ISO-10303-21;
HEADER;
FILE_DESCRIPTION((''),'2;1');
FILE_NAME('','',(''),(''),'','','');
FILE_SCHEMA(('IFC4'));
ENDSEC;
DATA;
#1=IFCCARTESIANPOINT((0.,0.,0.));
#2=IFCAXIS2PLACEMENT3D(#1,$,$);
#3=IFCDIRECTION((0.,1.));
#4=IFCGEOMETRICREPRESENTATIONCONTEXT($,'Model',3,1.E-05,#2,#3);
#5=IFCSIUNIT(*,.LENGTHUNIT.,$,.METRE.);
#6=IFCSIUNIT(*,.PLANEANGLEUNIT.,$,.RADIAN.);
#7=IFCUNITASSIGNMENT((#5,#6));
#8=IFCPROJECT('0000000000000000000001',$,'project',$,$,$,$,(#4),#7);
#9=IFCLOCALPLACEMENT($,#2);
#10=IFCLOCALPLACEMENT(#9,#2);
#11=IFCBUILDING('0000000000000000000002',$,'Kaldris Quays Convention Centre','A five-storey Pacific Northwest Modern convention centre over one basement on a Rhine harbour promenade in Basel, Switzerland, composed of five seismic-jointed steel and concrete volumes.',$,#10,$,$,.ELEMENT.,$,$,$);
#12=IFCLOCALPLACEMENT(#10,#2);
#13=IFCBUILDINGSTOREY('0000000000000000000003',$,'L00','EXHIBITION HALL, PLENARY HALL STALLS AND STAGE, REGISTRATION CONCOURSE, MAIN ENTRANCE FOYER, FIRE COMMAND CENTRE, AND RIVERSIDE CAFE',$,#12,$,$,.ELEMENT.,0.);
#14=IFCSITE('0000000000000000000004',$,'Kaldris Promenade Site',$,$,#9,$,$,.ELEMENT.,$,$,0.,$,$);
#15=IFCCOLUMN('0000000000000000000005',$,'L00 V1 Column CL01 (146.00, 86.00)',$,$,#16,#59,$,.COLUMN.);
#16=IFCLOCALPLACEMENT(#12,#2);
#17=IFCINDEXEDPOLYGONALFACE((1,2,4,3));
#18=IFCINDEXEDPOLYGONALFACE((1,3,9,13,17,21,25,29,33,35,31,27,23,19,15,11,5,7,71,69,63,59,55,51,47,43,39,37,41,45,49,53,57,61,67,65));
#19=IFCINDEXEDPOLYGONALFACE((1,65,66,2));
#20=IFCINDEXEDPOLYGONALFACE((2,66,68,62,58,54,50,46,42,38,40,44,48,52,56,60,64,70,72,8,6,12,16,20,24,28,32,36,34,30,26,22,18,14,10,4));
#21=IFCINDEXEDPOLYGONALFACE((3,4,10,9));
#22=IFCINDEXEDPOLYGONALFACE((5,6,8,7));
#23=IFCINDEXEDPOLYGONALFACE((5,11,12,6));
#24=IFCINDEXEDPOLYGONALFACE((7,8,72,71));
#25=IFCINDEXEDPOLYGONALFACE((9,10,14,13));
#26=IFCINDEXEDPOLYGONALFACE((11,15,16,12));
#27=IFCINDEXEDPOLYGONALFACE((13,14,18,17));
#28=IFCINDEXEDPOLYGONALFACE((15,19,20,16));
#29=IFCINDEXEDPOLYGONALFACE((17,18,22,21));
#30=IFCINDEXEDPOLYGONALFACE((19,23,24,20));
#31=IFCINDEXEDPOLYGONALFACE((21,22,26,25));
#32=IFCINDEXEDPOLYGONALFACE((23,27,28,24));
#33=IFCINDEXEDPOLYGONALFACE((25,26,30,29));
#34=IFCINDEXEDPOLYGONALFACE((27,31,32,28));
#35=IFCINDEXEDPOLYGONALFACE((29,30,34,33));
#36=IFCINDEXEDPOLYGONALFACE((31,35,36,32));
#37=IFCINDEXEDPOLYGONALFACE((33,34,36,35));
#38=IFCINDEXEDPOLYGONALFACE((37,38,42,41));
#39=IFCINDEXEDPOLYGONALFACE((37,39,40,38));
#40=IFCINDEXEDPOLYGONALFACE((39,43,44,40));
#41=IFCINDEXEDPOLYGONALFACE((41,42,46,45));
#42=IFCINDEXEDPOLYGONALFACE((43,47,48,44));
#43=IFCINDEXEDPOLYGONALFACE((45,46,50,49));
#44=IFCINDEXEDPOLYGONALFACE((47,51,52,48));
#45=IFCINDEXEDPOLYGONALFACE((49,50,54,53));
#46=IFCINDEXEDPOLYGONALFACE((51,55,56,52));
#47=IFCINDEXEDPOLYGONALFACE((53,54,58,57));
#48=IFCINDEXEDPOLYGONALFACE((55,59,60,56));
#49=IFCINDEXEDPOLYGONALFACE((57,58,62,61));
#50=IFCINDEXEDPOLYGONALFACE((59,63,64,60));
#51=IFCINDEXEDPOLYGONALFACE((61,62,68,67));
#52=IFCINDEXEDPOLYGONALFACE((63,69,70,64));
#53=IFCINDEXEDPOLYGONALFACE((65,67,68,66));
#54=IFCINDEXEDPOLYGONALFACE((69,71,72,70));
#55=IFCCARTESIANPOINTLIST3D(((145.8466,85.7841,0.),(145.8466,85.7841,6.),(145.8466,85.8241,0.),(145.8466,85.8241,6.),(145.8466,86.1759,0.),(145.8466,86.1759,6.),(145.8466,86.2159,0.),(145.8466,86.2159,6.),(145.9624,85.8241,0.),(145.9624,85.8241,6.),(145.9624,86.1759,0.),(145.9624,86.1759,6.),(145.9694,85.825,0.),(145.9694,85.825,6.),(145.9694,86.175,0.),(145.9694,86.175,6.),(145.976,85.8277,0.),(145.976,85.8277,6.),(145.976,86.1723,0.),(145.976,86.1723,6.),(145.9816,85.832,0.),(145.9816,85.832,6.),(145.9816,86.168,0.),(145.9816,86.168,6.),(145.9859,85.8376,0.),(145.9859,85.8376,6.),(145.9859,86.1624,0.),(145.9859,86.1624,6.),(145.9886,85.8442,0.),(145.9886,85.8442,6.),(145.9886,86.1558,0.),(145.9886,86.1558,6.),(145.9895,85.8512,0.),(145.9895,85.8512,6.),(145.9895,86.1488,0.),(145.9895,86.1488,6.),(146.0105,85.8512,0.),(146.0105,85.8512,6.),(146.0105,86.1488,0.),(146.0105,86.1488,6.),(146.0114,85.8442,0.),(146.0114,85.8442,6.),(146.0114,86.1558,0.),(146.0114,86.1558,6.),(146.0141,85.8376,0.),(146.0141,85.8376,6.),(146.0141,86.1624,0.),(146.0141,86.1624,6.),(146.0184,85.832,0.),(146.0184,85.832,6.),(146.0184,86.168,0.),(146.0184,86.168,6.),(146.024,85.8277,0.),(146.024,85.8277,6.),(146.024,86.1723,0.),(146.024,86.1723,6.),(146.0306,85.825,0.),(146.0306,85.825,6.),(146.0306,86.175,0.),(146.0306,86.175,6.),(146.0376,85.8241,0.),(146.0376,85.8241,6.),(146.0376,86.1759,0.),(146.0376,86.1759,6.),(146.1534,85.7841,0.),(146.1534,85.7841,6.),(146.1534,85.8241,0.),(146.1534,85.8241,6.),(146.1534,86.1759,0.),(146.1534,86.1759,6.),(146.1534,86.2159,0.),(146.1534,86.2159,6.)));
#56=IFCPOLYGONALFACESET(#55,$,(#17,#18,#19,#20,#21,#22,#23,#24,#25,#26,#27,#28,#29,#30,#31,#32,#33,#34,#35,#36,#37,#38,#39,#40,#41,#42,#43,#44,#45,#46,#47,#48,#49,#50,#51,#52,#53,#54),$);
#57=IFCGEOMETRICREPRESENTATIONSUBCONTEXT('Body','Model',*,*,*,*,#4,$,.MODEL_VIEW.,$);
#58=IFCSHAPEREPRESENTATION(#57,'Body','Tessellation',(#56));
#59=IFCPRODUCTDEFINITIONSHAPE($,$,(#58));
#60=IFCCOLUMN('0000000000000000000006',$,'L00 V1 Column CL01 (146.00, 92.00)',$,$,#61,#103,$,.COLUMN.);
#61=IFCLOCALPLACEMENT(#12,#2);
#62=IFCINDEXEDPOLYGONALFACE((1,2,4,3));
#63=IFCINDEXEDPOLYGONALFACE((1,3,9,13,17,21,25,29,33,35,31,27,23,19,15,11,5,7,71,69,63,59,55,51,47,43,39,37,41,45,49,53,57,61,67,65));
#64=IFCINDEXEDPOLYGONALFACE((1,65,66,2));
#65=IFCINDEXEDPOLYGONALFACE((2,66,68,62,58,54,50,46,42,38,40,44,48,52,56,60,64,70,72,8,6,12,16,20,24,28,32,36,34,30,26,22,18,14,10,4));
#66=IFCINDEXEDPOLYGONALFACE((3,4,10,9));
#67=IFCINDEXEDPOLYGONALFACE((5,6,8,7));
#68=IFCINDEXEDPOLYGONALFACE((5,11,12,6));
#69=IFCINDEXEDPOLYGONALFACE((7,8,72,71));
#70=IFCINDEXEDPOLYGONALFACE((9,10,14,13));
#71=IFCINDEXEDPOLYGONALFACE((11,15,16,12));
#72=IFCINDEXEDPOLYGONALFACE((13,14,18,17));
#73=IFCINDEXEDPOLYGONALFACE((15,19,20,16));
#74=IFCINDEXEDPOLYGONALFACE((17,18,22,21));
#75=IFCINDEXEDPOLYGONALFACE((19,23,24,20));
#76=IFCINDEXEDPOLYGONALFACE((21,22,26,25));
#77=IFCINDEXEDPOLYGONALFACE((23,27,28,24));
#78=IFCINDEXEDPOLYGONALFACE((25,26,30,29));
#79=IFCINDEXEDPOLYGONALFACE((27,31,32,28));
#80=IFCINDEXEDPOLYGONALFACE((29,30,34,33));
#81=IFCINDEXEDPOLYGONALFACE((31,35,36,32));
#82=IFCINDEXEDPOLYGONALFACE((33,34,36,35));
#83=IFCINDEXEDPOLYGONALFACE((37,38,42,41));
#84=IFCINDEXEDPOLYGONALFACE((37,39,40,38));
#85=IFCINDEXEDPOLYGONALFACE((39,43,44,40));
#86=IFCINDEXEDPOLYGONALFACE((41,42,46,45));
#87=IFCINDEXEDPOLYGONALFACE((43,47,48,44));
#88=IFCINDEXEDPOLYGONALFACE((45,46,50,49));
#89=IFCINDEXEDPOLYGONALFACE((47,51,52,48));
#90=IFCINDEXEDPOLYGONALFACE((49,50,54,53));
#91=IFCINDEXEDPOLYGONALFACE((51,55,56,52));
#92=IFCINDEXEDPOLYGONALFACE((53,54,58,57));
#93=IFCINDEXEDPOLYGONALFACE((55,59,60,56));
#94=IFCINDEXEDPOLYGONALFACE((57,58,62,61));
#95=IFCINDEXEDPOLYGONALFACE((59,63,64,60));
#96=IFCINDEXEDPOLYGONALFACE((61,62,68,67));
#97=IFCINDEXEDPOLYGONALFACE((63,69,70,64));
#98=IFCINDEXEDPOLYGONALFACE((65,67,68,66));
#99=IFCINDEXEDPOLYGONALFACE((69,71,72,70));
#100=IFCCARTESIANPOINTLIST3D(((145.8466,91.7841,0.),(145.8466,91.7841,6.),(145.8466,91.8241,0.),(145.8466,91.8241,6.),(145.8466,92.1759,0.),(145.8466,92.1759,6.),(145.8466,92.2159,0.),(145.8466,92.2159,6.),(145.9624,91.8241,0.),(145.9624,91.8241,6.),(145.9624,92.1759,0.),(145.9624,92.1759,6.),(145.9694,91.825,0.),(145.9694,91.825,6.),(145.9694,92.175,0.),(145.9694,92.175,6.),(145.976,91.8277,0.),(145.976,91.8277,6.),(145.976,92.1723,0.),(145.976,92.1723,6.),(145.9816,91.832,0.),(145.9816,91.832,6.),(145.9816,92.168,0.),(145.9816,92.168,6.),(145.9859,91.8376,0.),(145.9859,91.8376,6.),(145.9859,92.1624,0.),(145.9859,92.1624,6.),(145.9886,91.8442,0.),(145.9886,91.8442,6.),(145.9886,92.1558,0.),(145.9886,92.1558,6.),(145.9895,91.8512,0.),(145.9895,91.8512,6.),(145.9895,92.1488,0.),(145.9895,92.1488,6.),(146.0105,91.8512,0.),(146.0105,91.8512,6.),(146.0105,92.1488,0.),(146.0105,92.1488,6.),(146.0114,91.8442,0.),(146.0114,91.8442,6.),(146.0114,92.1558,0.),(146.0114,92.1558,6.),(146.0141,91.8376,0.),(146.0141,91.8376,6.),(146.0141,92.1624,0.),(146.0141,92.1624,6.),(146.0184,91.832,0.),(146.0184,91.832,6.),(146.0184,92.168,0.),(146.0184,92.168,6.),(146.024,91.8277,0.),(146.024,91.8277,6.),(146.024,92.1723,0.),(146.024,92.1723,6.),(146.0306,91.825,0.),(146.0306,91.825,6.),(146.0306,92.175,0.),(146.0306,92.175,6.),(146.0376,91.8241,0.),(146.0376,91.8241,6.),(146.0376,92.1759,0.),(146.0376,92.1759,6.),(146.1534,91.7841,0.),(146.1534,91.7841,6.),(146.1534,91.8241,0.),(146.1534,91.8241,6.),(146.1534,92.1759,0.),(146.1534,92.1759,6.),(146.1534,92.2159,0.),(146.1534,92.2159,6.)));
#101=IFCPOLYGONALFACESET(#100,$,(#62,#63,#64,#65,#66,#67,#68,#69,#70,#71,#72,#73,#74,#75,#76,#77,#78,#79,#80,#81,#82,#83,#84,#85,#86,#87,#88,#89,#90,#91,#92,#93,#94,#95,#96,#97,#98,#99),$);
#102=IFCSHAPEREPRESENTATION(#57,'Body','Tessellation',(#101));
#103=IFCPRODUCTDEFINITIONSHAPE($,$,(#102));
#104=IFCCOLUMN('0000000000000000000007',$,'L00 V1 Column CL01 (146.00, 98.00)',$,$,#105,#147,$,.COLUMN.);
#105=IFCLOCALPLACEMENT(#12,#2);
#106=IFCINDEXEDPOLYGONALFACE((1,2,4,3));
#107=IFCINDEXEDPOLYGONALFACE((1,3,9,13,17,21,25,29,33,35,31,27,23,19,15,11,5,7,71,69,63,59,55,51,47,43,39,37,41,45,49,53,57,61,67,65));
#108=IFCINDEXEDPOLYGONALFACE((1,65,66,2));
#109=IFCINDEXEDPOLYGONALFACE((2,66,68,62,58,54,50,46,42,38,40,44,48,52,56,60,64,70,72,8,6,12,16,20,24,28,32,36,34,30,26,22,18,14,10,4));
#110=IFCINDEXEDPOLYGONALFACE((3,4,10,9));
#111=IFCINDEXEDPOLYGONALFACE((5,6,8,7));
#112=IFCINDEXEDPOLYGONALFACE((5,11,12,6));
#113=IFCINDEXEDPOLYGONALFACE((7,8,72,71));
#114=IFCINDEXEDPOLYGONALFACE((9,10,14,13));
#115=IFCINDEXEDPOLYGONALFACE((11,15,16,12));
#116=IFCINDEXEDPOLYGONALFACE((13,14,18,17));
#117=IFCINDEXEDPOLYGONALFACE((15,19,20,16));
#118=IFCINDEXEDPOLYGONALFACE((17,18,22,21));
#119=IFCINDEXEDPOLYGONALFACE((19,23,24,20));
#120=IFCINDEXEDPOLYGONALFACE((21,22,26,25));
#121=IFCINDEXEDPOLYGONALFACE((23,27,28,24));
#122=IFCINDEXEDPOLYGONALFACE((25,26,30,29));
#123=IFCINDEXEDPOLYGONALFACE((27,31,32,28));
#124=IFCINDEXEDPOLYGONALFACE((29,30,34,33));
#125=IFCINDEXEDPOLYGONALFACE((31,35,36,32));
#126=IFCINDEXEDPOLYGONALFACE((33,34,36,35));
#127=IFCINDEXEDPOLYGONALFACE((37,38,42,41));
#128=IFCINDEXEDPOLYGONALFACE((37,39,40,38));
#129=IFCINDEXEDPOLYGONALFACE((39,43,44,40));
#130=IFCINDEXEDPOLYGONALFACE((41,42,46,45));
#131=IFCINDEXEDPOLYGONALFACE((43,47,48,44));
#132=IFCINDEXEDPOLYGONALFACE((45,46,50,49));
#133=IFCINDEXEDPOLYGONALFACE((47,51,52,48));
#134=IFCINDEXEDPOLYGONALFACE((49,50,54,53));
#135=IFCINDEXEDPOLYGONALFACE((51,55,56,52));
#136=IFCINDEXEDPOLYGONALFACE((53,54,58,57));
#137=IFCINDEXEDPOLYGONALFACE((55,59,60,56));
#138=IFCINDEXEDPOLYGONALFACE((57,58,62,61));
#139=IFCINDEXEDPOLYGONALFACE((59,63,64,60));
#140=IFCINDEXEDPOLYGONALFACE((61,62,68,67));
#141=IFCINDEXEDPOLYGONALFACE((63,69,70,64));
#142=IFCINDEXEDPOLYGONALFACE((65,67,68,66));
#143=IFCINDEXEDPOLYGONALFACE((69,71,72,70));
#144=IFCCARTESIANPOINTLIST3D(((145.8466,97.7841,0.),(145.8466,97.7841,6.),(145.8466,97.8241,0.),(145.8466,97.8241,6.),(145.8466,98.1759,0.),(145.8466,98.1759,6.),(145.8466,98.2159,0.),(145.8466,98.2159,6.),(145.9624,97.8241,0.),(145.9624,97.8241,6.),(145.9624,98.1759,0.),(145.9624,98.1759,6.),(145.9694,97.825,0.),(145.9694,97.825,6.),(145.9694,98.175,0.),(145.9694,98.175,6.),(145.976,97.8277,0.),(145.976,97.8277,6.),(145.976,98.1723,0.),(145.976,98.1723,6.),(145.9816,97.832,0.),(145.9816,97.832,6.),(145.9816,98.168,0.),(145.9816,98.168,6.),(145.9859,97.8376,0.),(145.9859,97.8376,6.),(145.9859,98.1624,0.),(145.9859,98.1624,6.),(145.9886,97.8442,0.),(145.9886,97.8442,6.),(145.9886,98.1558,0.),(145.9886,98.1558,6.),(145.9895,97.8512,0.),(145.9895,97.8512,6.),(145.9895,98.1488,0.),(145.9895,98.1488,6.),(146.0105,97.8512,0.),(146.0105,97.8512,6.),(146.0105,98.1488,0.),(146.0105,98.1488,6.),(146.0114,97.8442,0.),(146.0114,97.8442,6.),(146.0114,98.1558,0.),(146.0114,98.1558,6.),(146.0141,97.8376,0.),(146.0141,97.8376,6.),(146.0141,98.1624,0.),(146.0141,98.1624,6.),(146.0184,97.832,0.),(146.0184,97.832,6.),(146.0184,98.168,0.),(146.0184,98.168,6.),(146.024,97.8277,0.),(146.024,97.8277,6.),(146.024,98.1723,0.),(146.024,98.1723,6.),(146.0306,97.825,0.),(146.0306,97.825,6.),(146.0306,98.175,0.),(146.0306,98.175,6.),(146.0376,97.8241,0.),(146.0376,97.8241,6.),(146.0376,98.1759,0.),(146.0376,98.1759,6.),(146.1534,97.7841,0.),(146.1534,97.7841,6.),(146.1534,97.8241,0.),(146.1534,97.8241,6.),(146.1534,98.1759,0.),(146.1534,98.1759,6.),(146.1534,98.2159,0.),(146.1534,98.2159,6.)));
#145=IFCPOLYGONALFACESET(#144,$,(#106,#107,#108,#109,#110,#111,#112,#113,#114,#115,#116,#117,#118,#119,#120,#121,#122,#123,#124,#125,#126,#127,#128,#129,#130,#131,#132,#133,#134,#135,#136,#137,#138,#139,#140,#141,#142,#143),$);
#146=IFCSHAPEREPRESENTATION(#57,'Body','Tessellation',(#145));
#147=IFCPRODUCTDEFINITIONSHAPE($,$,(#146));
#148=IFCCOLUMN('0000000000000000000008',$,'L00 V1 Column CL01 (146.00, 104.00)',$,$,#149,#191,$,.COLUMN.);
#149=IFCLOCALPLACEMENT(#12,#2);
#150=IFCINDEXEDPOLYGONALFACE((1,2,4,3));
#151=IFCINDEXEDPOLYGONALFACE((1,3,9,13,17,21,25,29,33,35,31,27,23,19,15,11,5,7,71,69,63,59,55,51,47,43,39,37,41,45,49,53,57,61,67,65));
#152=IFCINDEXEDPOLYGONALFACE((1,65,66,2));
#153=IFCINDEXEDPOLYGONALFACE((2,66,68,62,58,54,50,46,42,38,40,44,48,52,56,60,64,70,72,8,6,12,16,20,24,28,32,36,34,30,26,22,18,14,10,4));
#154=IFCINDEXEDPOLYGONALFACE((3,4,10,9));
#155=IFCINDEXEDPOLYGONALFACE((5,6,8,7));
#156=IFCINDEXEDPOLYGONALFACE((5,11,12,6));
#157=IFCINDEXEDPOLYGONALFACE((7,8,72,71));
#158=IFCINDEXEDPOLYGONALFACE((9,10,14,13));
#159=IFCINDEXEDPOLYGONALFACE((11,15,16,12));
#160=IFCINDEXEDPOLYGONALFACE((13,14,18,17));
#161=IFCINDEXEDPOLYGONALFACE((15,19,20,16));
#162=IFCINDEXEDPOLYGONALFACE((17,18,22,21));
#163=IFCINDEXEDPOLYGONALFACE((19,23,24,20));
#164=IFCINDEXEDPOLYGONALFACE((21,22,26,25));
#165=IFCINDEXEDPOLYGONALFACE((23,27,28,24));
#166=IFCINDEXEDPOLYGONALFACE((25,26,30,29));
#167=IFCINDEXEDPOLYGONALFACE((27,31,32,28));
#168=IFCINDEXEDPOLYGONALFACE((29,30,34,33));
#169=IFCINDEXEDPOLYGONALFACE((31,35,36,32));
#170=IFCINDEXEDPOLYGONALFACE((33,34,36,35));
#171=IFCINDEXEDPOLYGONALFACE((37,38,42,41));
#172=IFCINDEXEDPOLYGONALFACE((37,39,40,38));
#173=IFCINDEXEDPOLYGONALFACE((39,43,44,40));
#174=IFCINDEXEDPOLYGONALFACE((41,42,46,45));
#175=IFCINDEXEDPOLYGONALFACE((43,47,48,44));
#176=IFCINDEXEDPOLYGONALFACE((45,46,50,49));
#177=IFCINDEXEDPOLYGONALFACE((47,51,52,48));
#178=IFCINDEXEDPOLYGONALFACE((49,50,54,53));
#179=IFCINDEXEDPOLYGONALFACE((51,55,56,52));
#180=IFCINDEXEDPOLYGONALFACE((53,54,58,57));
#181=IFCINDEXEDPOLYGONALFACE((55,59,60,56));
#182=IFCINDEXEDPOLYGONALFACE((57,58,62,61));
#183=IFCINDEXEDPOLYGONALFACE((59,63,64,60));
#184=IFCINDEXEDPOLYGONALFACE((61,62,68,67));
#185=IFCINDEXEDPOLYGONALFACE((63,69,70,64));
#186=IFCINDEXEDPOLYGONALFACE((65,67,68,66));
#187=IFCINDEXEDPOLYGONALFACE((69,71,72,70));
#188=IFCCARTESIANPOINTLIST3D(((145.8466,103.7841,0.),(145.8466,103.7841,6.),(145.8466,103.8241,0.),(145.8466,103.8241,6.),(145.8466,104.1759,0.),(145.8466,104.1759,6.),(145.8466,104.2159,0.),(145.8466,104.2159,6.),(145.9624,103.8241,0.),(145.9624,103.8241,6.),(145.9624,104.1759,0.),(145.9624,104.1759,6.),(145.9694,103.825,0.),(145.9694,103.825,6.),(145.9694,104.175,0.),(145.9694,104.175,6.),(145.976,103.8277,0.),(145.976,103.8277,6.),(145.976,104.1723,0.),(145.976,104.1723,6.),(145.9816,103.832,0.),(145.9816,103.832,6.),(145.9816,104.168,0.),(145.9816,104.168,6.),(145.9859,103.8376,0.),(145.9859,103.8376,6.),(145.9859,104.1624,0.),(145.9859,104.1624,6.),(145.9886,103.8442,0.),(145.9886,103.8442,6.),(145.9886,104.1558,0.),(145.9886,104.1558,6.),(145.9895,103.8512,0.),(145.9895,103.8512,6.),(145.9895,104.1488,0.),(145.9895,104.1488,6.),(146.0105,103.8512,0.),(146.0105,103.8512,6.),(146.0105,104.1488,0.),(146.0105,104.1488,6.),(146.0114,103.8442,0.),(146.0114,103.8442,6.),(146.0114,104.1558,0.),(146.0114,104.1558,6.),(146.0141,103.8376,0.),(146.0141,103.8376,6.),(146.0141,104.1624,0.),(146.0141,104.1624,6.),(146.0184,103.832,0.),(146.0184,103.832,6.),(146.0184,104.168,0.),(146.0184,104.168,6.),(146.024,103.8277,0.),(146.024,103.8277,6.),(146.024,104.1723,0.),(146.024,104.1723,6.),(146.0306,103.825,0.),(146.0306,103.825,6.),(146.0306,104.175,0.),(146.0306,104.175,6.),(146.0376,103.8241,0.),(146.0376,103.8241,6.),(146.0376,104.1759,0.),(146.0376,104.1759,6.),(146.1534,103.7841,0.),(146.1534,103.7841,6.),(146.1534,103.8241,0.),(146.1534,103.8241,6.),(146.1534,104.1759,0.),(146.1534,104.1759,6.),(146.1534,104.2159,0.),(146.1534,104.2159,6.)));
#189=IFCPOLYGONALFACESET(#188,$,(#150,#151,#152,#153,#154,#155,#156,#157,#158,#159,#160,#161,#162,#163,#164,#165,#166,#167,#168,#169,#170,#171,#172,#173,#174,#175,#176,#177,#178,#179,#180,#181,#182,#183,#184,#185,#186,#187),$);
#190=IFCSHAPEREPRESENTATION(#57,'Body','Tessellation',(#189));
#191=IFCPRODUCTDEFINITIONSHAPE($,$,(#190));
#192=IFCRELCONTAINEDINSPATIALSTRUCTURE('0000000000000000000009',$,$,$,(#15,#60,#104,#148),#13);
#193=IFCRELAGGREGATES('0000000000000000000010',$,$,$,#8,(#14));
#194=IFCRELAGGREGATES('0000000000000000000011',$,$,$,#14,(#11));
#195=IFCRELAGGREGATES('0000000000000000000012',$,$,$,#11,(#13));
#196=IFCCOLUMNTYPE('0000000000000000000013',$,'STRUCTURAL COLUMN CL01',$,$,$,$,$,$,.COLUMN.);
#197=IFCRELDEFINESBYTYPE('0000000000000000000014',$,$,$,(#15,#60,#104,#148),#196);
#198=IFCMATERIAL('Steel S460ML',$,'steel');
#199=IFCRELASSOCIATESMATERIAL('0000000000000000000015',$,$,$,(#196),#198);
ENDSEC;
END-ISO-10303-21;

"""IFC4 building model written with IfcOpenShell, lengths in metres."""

from ifc_helpers import new_model, si_unit, direction, frame, origin, origin_2d, place, context, subcontext, project, spatial, i_section, extrude, material, material_profile, profile_set, type_object, element, save


model = new_model("IFC4")

# Units and contexts
model_context = context("Model", 3, precision=1e-05, world=origin(), true_north=direction((0.0, 1.0)))
body_context = subcontext(model_context, "Body", "Model", "MODEL_VIEW")
ifc_project = project(units=[si_unit("LENGTHUNIT", "METRE"), si_unit("PLANEANGLEUNIT", "RADIAN")], contexts=[model_context])

# Site, building, storey
site_placement = place(None, origin())
site = spatial("IfcSite", under=ifc_project, at=site_placement, Name="Kaldris Promenade Site", CompositionType="ELEMENT", RefElevation=0.0)
building_placement = place(site_placement, origin())
building = spatial("IfcBuilding", under=site, at=building_placement, Name="Kaldris Quays Convention Centre", Description="A five-storey Pacific Northwest Modern convention centre over one basement on a Rhine harbour promenade in Basel, Switzerland, composed of five seismic-jointed steel and concrete volumes.", CompositionType="ELEMENT")
storey_placement = place(building_placement, origin())
storey = spatial("IfcBuildingStorey", under=building, at=storey_placement, Name="L00", Description="EXHIBITION HALL, PLENARY HALL STALLS AND STAGE, REGISTRATION CONCOURSE, MAIN ENTRANCE FOYER, FIRE COMMAND CENTRE, AND RIVERSIDE CAFE", CompositionType="ELEMENT", Elevation=0.0)

# Columns
ifc_material_1 = material(Name="Steel S460ML", Category="steel")
ifc_material_profile_1 = material_profile(ifc_material_1, i_section(OverallWidth=0.3069, OverallDepth=0.4319, WebThickness=0.021, FlangeThickness=0.04, FilletRadius=0.0271, at=origin_2d()), Name="HEM 400")
ifc_profile_set_1 = profile_set([ifc_material_profile_1], Name="Steel S460ML")
column_type_1 = type_object("IfcColumnType", Name="STRUCTURAL COLUMN CL01", PredefinedType="COLUMN", material=ifc_profile_set_1)
for number, where, z_axis, x_axis, name in (
    (1, (146.0, 86.0, 0.0), (0.0, 0.0, 1.0), (1.0, 0.0, 0.0), "L00 V1 Column CL01 (146.00, 86.00)"),
    (2, (146.0, 92.0, 0.0), (0.0, 0.0, 1.0), (1.0, 0.0, 0.0), "L00 V1 Column CL01 (146.00, 92.00)"),
    (3, (146.0, 98.0, 0.0), (0.0, 0.0, 1.0), (1.0, 0.0, 0.0), "L00 V1 Column CL01 (146.00, 98.00)"),
    (4, (146.0, 104.0, 0.0), (0.0, 0.0, 1.0), (1.0, 0.0, 0.0), "L00 V1 Column CL01 (146.00, 104.00)"),
):
    element("IfcColumn", number, at=place(storey_placement, frame(where, z_axis=z_axis, x_axis=x_axis)), inside=storey, type_object=column_type_1, Name=name, PredefinedType="COLUMN", context=body_context, shape_type="SweptSolid", body=[
        extrude(i_section(OverallWidth=0.3069, OverallDepth=0.4319, WebThickness=0.021, FlangeThickness=0.04, FilletRadius=0.0271, at=origin_2d()), origin(), (0.0, 0.0, 1.0), 6.0),
    ])

save(model, "model.ifc")
